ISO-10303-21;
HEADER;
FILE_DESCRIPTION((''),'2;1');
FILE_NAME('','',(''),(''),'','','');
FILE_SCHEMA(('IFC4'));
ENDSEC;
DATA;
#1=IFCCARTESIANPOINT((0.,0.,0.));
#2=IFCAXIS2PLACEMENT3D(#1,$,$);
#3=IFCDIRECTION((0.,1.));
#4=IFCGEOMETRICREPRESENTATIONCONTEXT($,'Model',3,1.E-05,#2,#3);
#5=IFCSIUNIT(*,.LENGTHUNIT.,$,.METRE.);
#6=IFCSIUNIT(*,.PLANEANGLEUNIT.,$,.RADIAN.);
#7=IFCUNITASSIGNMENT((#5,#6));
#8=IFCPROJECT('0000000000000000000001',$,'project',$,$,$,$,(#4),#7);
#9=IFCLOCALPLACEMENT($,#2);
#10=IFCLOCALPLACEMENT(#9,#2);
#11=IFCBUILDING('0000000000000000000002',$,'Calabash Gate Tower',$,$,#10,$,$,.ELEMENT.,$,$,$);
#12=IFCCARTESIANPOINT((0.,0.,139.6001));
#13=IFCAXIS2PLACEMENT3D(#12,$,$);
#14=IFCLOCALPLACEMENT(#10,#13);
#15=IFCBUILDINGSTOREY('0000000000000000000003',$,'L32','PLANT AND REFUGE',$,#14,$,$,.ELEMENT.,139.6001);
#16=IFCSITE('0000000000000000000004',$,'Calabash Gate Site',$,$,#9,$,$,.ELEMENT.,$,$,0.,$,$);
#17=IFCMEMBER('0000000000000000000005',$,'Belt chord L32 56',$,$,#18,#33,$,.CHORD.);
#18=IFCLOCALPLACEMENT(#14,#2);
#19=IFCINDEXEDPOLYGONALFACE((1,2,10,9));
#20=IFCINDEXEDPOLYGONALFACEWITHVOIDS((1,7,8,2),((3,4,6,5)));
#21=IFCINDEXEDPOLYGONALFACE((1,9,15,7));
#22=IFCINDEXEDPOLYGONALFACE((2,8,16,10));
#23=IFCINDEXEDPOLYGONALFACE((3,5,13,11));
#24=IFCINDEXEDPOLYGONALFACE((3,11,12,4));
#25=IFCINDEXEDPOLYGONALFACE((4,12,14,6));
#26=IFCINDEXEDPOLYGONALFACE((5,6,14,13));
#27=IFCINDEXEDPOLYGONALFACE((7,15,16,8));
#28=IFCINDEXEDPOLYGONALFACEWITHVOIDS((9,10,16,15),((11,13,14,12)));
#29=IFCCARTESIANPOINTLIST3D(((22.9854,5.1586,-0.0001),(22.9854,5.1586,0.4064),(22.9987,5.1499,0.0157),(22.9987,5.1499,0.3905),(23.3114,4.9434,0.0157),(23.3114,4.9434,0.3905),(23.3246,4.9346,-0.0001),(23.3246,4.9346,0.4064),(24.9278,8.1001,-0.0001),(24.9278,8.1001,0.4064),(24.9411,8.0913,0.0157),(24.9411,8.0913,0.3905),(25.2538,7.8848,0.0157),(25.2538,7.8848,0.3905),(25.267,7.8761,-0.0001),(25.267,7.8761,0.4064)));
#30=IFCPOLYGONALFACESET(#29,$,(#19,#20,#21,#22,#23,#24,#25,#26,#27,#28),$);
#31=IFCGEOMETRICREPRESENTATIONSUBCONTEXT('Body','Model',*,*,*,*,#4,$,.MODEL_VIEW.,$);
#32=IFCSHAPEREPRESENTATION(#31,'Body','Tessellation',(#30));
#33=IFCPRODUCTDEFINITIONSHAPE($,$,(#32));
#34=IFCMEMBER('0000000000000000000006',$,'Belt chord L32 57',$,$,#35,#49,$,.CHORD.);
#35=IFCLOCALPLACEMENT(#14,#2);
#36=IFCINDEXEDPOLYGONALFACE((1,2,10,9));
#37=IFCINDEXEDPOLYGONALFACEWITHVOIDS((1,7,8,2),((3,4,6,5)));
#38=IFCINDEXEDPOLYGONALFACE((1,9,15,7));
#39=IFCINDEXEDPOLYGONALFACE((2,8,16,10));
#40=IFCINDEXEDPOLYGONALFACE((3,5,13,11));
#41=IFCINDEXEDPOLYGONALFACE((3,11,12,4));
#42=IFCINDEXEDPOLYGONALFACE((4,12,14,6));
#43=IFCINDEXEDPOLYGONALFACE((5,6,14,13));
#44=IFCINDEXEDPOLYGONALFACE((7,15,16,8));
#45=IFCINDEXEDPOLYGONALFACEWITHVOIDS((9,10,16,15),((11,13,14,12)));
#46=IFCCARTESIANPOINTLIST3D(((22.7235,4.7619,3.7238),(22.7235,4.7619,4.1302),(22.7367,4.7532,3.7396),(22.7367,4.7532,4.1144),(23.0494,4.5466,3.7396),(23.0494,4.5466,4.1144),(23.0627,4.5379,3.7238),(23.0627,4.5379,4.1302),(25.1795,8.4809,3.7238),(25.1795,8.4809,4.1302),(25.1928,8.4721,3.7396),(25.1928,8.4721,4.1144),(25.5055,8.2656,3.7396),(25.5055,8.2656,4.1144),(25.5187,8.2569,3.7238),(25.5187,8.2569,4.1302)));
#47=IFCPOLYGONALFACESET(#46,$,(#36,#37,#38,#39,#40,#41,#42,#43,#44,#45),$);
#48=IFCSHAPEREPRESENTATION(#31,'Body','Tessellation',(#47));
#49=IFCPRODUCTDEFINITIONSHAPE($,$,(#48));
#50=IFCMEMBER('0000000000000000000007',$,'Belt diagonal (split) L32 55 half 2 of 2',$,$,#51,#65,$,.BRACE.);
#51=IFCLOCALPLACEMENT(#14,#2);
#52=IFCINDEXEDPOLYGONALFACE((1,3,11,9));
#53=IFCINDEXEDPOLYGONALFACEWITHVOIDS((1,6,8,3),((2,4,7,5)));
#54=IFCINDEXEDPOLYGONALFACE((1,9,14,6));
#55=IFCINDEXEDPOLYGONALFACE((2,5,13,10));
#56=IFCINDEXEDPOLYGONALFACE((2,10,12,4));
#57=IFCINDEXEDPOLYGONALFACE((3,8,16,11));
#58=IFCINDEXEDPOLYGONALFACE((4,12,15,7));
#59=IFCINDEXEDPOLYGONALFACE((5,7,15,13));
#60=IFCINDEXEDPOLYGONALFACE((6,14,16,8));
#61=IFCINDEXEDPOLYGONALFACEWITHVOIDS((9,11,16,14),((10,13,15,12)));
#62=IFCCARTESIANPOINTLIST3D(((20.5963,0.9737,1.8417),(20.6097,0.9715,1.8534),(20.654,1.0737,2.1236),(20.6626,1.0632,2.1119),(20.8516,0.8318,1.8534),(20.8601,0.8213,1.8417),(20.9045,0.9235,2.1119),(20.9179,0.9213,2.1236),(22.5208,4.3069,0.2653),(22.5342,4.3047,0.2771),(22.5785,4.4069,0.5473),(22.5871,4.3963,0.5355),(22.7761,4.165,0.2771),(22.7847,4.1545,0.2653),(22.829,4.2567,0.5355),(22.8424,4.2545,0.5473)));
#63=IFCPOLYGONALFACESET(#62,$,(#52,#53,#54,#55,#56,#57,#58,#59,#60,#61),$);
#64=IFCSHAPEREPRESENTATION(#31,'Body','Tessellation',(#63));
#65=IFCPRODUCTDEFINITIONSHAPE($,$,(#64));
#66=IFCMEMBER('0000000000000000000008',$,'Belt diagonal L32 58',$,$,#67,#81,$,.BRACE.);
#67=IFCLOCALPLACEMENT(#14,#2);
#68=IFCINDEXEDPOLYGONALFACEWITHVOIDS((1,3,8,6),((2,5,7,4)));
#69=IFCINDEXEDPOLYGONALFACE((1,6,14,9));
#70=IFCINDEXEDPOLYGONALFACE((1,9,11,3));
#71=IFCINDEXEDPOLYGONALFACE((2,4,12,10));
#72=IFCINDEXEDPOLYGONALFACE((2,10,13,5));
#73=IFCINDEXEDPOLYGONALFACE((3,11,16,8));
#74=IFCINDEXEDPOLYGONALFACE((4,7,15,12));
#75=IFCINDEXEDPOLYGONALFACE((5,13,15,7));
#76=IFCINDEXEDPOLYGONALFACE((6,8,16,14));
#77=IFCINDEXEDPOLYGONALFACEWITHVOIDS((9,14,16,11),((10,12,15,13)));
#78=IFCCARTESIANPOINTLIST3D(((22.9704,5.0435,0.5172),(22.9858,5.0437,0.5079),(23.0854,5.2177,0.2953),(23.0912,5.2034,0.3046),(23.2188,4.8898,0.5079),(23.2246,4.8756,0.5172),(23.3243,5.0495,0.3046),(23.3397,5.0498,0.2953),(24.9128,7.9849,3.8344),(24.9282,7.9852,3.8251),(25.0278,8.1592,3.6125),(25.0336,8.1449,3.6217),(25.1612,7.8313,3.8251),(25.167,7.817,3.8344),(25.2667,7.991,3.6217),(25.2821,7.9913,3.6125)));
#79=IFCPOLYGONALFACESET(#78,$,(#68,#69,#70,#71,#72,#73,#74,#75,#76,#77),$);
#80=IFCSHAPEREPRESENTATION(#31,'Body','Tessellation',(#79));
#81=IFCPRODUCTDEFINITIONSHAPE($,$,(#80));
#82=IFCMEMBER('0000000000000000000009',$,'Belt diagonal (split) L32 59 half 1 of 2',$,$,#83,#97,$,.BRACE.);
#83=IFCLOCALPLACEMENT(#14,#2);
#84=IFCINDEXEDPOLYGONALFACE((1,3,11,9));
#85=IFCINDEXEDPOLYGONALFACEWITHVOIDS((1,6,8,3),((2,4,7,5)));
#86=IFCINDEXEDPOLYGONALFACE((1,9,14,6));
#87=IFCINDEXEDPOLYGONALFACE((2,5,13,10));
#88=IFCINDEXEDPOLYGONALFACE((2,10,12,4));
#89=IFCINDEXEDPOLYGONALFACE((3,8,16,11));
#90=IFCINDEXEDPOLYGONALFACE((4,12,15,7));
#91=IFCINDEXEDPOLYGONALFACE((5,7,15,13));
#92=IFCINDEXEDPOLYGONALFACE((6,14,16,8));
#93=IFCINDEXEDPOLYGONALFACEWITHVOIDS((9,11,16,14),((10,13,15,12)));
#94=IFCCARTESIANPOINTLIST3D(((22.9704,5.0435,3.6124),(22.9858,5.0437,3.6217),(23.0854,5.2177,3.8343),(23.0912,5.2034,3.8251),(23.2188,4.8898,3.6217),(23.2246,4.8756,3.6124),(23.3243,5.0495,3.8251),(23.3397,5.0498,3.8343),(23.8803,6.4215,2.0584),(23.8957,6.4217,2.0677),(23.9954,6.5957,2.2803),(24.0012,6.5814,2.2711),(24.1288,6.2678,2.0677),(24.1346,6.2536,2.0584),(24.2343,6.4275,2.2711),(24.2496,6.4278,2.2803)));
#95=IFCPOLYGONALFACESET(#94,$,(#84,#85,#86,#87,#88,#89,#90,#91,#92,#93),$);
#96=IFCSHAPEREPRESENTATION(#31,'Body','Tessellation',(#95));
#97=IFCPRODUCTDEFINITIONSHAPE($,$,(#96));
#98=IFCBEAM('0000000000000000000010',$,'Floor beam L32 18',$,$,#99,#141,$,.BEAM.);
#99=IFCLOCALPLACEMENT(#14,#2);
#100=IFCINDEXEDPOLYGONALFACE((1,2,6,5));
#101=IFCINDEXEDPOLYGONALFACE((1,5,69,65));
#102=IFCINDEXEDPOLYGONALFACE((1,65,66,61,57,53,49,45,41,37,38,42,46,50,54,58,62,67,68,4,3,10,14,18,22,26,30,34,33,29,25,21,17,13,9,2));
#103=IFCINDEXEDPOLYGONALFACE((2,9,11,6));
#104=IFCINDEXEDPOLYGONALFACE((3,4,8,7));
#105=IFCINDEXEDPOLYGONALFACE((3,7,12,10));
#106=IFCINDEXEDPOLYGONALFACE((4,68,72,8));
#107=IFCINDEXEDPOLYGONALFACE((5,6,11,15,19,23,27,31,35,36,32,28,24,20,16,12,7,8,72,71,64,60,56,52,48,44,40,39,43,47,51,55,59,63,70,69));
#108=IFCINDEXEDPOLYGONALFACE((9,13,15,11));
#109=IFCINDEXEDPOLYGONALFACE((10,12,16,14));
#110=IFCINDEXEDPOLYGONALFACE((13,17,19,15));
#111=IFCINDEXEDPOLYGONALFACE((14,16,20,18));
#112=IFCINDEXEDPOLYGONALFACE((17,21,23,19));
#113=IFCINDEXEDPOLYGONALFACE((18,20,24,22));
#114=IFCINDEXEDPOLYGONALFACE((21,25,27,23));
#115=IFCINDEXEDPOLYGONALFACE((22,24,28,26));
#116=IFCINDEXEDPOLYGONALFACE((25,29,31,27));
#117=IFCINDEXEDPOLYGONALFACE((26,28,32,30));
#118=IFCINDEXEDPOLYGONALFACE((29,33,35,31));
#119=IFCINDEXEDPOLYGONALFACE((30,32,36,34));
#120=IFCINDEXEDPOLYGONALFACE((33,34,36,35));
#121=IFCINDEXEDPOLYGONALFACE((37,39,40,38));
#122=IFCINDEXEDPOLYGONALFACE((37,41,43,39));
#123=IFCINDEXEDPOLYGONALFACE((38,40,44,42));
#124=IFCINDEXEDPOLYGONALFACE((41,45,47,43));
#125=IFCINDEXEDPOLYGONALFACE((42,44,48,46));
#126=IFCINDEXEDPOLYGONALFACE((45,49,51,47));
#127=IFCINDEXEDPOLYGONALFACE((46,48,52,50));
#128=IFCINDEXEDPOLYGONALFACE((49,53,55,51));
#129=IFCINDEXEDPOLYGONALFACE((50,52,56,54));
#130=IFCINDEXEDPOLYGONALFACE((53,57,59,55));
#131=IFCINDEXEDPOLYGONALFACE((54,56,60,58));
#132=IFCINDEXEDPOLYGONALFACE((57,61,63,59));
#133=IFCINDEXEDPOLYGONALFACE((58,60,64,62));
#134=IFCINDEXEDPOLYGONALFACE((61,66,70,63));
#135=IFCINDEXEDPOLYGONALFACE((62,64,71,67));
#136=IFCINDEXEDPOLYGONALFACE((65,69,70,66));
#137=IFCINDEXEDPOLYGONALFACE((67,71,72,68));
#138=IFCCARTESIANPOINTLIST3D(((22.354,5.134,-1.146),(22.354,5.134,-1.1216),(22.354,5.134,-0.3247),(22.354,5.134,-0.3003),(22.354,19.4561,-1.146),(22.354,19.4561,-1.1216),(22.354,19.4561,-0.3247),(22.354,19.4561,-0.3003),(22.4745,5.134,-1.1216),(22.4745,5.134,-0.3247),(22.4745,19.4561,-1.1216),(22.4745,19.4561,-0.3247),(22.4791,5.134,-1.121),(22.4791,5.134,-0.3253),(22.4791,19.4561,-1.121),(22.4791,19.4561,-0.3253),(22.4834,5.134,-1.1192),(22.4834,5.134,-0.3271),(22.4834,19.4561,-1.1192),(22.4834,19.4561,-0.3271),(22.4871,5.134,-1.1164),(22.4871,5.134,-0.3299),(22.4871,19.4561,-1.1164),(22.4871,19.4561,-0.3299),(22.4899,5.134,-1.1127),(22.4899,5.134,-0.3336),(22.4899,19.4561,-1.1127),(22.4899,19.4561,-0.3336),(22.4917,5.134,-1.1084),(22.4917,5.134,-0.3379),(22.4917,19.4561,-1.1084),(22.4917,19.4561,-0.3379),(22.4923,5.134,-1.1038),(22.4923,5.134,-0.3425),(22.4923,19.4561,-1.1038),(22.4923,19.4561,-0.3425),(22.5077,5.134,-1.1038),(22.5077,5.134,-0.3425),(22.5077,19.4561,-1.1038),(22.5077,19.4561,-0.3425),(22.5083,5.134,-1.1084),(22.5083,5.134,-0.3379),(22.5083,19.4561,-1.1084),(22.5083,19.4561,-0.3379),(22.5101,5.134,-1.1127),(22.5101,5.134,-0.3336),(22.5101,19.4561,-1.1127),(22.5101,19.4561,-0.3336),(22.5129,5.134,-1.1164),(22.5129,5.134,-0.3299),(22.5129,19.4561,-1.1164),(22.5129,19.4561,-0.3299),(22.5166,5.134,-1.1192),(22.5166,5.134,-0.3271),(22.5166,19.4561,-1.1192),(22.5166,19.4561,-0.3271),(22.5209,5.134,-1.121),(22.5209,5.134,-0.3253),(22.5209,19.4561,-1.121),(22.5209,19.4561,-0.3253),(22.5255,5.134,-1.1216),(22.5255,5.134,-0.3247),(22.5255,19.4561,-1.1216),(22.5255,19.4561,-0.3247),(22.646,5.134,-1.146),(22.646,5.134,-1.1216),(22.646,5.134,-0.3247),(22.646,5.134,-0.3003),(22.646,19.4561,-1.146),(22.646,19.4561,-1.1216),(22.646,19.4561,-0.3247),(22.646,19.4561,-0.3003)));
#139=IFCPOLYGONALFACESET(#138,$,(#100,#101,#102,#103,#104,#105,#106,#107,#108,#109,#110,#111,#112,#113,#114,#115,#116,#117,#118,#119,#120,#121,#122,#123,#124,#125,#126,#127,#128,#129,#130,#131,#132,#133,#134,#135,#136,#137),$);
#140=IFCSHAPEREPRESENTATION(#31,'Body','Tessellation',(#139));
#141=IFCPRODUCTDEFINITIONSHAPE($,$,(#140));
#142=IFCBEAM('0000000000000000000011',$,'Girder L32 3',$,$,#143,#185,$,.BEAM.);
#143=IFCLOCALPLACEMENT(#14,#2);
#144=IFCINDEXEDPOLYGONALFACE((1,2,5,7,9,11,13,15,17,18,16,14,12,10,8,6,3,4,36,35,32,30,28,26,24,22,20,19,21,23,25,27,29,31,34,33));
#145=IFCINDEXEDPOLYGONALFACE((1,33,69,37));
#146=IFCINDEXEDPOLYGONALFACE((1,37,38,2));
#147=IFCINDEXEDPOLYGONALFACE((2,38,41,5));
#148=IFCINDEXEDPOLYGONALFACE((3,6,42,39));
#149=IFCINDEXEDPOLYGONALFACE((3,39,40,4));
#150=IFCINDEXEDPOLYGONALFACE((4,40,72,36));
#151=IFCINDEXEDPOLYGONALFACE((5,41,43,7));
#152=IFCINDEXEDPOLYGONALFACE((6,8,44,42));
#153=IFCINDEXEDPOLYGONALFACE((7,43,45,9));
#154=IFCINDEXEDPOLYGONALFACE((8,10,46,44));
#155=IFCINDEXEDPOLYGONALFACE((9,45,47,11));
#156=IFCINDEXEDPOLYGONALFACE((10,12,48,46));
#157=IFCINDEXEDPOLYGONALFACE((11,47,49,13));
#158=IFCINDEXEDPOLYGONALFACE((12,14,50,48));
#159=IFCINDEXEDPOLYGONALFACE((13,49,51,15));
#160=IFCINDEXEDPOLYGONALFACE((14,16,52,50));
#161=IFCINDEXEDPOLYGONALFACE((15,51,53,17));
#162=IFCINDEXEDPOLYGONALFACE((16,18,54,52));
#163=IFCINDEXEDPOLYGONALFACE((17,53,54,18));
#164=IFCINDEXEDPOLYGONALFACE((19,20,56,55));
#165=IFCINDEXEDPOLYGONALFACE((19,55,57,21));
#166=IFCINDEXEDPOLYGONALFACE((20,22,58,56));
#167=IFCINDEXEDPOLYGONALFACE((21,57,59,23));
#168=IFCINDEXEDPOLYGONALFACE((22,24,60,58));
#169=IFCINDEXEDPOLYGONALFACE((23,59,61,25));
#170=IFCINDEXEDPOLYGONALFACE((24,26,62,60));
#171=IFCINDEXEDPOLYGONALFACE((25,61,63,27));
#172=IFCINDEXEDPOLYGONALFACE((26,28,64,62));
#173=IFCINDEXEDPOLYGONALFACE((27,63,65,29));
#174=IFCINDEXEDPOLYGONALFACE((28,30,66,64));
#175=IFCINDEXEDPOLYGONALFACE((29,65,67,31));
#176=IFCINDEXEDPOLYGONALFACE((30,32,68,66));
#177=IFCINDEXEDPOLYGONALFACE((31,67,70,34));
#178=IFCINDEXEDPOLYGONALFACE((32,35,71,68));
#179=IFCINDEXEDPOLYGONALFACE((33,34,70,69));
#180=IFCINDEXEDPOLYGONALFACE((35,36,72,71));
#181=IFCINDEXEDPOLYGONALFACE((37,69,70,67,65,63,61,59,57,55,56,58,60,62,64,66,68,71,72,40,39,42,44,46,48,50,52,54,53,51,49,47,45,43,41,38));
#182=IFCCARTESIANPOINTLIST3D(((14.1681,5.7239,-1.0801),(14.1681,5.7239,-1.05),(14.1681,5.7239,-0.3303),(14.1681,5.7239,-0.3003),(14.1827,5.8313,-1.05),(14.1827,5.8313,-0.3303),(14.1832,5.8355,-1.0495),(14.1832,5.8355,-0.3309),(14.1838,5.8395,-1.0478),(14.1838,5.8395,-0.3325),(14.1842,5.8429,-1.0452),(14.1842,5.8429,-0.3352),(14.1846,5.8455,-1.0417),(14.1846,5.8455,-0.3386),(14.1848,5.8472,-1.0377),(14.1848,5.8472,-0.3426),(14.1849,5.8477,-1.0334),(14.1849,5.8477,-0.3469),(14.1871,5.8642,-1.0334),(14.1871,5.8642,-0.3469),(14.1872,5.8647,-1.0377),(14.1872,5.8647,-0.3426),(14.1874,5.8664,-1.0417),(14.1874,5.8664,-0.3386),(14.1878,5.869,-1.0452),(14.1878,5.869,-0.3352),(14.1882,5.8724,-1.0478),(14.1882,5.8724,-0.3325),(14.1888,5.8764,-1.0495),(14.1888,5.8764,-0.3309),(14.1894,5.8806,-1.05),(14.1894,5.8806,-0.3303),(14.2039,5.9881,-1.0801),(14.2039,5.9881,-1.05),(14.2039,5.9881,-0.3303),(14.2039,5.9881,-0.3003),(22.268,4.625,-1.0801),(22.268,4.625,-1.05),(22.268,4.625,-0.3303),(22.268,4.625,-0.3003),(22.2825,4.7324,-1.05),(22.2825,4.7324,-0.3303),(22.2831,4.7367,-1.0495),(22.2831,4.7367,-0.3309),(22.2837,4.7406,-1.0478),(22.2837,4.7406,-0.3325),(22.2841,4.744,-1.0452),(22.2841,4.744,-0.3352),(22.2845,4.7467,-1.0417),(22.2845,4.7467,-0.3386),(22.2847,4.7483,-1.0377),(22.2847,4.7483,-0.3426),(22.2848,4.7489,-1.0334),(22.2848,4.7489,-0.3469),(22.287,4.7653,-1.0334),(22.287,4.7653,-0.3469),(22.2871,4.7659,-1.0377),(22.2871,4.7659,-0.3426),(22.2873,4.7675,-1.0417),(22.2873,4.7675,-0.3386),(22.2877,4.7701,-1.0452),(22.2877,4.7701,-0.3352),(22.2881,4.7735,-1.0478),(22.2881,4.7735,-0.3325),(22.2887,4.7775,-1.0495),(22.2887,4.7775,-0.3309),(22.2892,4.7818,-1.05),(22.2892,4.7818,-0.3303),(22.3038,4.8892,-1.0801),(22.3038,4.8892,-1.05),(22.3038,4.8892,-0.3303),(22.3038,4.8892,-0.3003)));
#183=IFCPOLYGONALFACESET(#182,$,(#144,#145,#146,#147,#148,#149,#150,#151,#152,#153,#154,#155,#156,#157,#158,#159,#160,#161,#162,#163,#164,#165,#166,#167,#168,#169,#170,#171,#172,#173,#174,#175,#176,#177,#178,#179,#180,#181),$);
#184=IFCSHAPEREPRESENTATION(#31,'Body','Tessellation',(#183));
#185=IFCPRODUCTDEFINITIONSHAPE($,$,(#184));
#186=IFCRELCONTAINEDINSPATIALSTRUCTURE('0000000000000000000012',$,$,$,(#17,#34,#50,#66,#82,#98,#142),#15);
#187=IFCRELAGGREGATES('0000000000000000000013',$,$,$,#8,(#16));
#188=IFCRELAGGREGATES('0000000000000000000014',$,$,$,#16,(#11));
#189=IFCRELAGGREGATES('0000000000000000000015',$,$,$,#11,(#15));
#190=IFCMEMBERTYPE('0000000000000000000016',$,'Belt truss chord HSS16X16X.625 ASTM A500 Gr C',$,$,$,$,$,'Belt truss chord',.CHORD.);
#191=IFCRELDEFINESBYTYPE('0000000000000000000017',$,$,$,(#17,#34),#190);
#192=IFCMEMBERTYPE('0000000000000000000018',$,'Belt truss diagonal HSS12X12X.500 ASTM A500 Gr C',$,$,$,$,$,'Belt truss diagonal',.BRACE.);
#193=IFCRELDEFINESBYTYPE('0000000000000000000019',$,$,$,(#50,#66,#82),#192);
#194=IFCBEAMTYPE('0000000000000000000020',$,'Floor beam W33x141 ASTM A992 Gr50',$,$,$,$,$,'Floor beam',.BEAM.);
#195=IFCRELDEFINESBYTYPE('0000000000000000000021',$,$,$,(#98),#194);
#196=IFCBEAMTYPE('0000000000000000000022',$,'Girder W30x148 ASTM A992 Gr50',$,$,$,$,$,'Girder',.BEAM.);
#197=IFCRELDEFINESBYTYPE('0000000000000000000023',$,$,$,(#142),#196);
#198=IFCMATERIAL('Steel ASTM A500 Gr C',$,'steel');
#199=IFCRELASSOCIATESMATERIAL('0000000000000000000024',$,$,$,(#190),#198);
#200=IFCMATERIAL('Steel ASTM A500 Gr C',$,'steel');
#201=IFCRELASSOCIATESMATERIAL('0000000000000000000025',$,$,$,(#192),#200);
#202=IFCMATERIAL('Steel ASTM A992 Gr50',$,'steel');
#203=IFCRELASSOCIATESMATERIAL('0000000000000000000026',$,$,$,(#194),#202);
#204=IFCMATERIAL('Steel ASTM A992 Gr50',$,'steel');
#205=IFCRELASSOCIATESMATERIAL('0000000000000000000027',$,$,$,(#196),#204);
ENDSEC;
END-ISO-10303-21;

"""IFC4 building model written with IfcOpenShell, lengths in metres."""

from ifc_helpers import new_model, si_unit, direction, frame, origin, origin_2d, place, context, subcontext, project, spatial, hollow_rectangle, i_section, extrude, material, material_profile, profile_set, type_object, element, save


model = new_model("IFC4")

# Units and contexts
model_context = context("Model", 3, precision=1e-05, world=origin(), true_north=direction((0.0, 1.0)))
body_context = subcontext(model_context, "Body", "Model", "MODEL_VIEW")
ifc_project = project(units=[si_unit("LENGTHUNIT", "METRE"), si_unit("PLANEANGLEUNIT", "RADIAN")], contexts=[model_context])

# Site, building, storey
site_placement = place(None, origin())
site = spatial("IfcSite", under=ifc_project, at=site_placement, Name="Calabash Gate Site", CompositionType="ELEMENT", RefElevation=0.0)
building_placement = place(site_placement, origin())
building = spatial("IfcBuilding", under=site, at=building_placement, Name="Calabash Gate Tower", CompositionType="ELEMENT")
storey_placement = place(building_placement, frame((0.0, 0.0, 139.6001)))
storey = spatial("IfcBuildingStorey", under=building, at=storey_placement, Name="L32", Description="PLANT AND REFUGE", CompositionType="ELEMENT", Elevation=139.6001)

# Members
ifc_material_1 = material(Name="Steel ASTM A500 Gr C", Category="steel")
ifc_material_profile_1 = material_profile(ifc_material_1, hollow_rectangle(XDim=0.4065, YDim=0.4065, WallThickness=0.0159, at=origin_2d()))
ifc_profile_set_1 = profile_set([ifc_material_profile_1], Name="Steel ASTM A500 Gr C")
member_type_1 = type_object("IfcMemberType", Name="Belt truss chord HSS16X16X.625 ASTM A500 Gr C", ElementType="Belt truss chord", PredefinedType="CHORD", material=ifc_profile_set_1)
member_1_placement = place(storey_placement, frame((23.155, 5.0466, 0.2031), z_axis=(0.551051, 0.834472, 0.0), x_axis=(-0.834472, 0.551051, 0.0)))
element("IfcMember", 1, at=member_1_placement, inside=storey, type_object=member_type_1, Name="Belt chord L32 56", PredefinedType="CHORD", context=body_context, shape_type="SweptSolid", body=[
    extrude(hollow_rectangle(XDim=0.4065, YDim=0.4065, WallThickness=0.0159, at=origin_2d()), origin(), (0.0, 0.0, 1.0), 3.5249),
])
member_2_placement = place(storey_placement, frame((22.8931, 4.6499, 3.927), z_axis=(0.55108, 0.834453, 0.0), x_axis=(-0.834453, 0.55108, 0.0)))
element("IfcMember", 2, at=member_2_placement, inside=storey, type_object=member_type_1, Name="Belt chord L32 57", PredefinedType="CHORD", context=body_context, shape_type="SweptSolid", body=[
    extrude(hollow_rectangle(XDim=0.4065, YDim=0.4065, WallThickness=0.0159, at=origin_2d()), origin(), (0.0, 0.0, 1.0), 4.4568),
])
ifc_material_2 = material(Name="Steel ASTM A500 Gr C", Category="steel")
ifc_material_profile_2 = material_profile(ifc_material_2, hollow_rectangle(XDim=0.3047, YDim=0.3047, WallThickness=0.0127, at=origin_2d()))
ifc_profile_set_2 = profile_set([ifc_material_profile_2], Name="Steel ASTM A500 Gr C")
member_type_2 = type_object("IfcMemberType", Name="Belt truss diagonal HSS12X12X.500 ASTM A500 Gr C", ElementType="Belt truss diagonal", PredefinedType="BRACE", material=ifc_profile_set_2)
member_3_placement = place(storey_placement, frame((20.7571, 0.9475, 1.9827), z_axis=(0.462715, 0.801402, -0.379012), x_axis=(-0.866013, 0.500021, 0.0)))
element("IfcMember", 3, at=member_3_placement, inside=storey, type_object=member_type_2, Name="Belt diagonal (split) L32 55 half 2 of 2", PredefinedType="BRACE", context=body_context, shape_type="SweptSolid", body=[
    extrude(hollow_rectangle(XDim=0.3047, YDim=0.3047, WallThickness=0.0127, at=origin_2d()), origin(), (0.0, 0.0, 1.0), 4.1592),
])
member_4_placement = place(storey_placement, frame((23.155, 5.0466, 0.4062), z_axis=(0.401297, 0.607696, 0.685322), x_axis=(-0.834472, 0.551051, 0.0)))
element("IfcMember", 4, at=member_4_placement, inside=storey, type_object=member_type_2, Name="Belt diagonal L32 58", PredefinedType="BRACE", context=body_context, shape_type="SweptSolid", body=[
    extrude(hollow_rectangle(XDim=0.3047, YDim=0.3047, WallThickness=0.0127, at=origin_2d()), origin(), (0.0, 0.0, 1.0), 4.8403),
])
member_5_placement = place(storey_placement, frame((23.155, 5.0466, 3.7234), z_axis=(0.40129, 0.607696, -0.685326), x_axis=(-0.834476, 0.551044, 0.0)))
element("IfcMember", 5, at=member_5_placement, inside=storey, type_object=member_type_2, Name="Belt diagonal (split) L32 59 half 1 of 2", PredefinedType="BRACE", context=body_context, shape_type="SweptSolid", body=[
    extrude(hollow_rectangle(XDim=0.3047, YDim=0.3047, WallThickness=0.0127, at=origin_2d()), origin(), (0.0, 0.0, 1.0), 2.2676),
])

# Beams
ifc_material_3 = material(Name="Steel ASTM A992 Gr50", Category="steel")
ifc_material_profile_3 = material_profile(ifc_material_3, i_section(OverallWidth=0.292, OverallDepth=0.8457, WebThickness=0.0154, FlangeThickness=0.0244, FilletRadius=0.0178, at=origin_2d()))
ifc_profile_set_3 = profile_set([ifc_material_profile_3], Name="Steel ASTM A992 Gr50")
beam_type_1 = type_object("IfcBeamType", Name="Floor beam W33x141 ASTM A992 Gr50", ElementType="Floor beam", PredefinedType="BEAM", material=ifc_profile_set_3)
beam_1_placement = place(storey_placement, frame((22.5, 5.134, -0.7231), z_axis=(0.0, 1.0, 0.0), x_axis=(-1.0, 0.0, 0.0)))
element("IfcBeam", 6, at=beam_1_placement, inside=storey, type_object=beam_type_1, Name="Floor beam L32 18", PredefinedType="BEAM", context=body_context, shape_type="SweptSolid", body=[
    extrude(i_section(OverallWidth=0.292, OverallDepth=0.8457, WebThickness=0.0154, FlangeThickness=0.0244, FilletRadius=0.0178, at=origin_2d()), origin(), (0.0, 0.0, 1.0), 14.322),
])
ifc_material_4 = material(Name="Steel ASTM A992 Gr50", Category="steel")
ifc_material_profile_4 = material_profile(ifc_material_4, i_section(OverallWidth=0.2666, OverallDepth=0.7798, WebThickness=0.0166, FlangeThickness=0.03, FilletRadius=0.0166, at=origin_2d()))
ifc_profile_set_4 = profile_set([ifc_material_profile_4], Name="Steel ASTM A992 Gr50")
beam_type_2 = type_object("IfcBeamType", Name="Girder W30x148 ASTM A992 Gr50", ElementType="Girder", PredefinedType="BEAM", material=ifc_profile_set_4)
beam_2_placement = place(storey_placement, frame((22.2859, 4.7571, -0.6902), z_axis=(-0.990922, 0.134435, 0.0), x_axis=(-0.134435, -0.990922, 0.0)))
element("IfcBeam", 7, at=beam_2_placement, inside=storey, type_object=beam_type_2, Name="Girder L32 3", PredefinedType="BEAM", context=body_context, shape_type="SweptSolid", body=[
    extrude(i_section(OverallWidth=0.2666, OverallDepth=0.7798, WebThickness=0.0166, FlangeThickness=0.03, FilletRadius=0.0166, at=origin_2d()), origin(), (0.0, 0.0, 1.0), 8.1741),
])

save(model, "model.ifc")
